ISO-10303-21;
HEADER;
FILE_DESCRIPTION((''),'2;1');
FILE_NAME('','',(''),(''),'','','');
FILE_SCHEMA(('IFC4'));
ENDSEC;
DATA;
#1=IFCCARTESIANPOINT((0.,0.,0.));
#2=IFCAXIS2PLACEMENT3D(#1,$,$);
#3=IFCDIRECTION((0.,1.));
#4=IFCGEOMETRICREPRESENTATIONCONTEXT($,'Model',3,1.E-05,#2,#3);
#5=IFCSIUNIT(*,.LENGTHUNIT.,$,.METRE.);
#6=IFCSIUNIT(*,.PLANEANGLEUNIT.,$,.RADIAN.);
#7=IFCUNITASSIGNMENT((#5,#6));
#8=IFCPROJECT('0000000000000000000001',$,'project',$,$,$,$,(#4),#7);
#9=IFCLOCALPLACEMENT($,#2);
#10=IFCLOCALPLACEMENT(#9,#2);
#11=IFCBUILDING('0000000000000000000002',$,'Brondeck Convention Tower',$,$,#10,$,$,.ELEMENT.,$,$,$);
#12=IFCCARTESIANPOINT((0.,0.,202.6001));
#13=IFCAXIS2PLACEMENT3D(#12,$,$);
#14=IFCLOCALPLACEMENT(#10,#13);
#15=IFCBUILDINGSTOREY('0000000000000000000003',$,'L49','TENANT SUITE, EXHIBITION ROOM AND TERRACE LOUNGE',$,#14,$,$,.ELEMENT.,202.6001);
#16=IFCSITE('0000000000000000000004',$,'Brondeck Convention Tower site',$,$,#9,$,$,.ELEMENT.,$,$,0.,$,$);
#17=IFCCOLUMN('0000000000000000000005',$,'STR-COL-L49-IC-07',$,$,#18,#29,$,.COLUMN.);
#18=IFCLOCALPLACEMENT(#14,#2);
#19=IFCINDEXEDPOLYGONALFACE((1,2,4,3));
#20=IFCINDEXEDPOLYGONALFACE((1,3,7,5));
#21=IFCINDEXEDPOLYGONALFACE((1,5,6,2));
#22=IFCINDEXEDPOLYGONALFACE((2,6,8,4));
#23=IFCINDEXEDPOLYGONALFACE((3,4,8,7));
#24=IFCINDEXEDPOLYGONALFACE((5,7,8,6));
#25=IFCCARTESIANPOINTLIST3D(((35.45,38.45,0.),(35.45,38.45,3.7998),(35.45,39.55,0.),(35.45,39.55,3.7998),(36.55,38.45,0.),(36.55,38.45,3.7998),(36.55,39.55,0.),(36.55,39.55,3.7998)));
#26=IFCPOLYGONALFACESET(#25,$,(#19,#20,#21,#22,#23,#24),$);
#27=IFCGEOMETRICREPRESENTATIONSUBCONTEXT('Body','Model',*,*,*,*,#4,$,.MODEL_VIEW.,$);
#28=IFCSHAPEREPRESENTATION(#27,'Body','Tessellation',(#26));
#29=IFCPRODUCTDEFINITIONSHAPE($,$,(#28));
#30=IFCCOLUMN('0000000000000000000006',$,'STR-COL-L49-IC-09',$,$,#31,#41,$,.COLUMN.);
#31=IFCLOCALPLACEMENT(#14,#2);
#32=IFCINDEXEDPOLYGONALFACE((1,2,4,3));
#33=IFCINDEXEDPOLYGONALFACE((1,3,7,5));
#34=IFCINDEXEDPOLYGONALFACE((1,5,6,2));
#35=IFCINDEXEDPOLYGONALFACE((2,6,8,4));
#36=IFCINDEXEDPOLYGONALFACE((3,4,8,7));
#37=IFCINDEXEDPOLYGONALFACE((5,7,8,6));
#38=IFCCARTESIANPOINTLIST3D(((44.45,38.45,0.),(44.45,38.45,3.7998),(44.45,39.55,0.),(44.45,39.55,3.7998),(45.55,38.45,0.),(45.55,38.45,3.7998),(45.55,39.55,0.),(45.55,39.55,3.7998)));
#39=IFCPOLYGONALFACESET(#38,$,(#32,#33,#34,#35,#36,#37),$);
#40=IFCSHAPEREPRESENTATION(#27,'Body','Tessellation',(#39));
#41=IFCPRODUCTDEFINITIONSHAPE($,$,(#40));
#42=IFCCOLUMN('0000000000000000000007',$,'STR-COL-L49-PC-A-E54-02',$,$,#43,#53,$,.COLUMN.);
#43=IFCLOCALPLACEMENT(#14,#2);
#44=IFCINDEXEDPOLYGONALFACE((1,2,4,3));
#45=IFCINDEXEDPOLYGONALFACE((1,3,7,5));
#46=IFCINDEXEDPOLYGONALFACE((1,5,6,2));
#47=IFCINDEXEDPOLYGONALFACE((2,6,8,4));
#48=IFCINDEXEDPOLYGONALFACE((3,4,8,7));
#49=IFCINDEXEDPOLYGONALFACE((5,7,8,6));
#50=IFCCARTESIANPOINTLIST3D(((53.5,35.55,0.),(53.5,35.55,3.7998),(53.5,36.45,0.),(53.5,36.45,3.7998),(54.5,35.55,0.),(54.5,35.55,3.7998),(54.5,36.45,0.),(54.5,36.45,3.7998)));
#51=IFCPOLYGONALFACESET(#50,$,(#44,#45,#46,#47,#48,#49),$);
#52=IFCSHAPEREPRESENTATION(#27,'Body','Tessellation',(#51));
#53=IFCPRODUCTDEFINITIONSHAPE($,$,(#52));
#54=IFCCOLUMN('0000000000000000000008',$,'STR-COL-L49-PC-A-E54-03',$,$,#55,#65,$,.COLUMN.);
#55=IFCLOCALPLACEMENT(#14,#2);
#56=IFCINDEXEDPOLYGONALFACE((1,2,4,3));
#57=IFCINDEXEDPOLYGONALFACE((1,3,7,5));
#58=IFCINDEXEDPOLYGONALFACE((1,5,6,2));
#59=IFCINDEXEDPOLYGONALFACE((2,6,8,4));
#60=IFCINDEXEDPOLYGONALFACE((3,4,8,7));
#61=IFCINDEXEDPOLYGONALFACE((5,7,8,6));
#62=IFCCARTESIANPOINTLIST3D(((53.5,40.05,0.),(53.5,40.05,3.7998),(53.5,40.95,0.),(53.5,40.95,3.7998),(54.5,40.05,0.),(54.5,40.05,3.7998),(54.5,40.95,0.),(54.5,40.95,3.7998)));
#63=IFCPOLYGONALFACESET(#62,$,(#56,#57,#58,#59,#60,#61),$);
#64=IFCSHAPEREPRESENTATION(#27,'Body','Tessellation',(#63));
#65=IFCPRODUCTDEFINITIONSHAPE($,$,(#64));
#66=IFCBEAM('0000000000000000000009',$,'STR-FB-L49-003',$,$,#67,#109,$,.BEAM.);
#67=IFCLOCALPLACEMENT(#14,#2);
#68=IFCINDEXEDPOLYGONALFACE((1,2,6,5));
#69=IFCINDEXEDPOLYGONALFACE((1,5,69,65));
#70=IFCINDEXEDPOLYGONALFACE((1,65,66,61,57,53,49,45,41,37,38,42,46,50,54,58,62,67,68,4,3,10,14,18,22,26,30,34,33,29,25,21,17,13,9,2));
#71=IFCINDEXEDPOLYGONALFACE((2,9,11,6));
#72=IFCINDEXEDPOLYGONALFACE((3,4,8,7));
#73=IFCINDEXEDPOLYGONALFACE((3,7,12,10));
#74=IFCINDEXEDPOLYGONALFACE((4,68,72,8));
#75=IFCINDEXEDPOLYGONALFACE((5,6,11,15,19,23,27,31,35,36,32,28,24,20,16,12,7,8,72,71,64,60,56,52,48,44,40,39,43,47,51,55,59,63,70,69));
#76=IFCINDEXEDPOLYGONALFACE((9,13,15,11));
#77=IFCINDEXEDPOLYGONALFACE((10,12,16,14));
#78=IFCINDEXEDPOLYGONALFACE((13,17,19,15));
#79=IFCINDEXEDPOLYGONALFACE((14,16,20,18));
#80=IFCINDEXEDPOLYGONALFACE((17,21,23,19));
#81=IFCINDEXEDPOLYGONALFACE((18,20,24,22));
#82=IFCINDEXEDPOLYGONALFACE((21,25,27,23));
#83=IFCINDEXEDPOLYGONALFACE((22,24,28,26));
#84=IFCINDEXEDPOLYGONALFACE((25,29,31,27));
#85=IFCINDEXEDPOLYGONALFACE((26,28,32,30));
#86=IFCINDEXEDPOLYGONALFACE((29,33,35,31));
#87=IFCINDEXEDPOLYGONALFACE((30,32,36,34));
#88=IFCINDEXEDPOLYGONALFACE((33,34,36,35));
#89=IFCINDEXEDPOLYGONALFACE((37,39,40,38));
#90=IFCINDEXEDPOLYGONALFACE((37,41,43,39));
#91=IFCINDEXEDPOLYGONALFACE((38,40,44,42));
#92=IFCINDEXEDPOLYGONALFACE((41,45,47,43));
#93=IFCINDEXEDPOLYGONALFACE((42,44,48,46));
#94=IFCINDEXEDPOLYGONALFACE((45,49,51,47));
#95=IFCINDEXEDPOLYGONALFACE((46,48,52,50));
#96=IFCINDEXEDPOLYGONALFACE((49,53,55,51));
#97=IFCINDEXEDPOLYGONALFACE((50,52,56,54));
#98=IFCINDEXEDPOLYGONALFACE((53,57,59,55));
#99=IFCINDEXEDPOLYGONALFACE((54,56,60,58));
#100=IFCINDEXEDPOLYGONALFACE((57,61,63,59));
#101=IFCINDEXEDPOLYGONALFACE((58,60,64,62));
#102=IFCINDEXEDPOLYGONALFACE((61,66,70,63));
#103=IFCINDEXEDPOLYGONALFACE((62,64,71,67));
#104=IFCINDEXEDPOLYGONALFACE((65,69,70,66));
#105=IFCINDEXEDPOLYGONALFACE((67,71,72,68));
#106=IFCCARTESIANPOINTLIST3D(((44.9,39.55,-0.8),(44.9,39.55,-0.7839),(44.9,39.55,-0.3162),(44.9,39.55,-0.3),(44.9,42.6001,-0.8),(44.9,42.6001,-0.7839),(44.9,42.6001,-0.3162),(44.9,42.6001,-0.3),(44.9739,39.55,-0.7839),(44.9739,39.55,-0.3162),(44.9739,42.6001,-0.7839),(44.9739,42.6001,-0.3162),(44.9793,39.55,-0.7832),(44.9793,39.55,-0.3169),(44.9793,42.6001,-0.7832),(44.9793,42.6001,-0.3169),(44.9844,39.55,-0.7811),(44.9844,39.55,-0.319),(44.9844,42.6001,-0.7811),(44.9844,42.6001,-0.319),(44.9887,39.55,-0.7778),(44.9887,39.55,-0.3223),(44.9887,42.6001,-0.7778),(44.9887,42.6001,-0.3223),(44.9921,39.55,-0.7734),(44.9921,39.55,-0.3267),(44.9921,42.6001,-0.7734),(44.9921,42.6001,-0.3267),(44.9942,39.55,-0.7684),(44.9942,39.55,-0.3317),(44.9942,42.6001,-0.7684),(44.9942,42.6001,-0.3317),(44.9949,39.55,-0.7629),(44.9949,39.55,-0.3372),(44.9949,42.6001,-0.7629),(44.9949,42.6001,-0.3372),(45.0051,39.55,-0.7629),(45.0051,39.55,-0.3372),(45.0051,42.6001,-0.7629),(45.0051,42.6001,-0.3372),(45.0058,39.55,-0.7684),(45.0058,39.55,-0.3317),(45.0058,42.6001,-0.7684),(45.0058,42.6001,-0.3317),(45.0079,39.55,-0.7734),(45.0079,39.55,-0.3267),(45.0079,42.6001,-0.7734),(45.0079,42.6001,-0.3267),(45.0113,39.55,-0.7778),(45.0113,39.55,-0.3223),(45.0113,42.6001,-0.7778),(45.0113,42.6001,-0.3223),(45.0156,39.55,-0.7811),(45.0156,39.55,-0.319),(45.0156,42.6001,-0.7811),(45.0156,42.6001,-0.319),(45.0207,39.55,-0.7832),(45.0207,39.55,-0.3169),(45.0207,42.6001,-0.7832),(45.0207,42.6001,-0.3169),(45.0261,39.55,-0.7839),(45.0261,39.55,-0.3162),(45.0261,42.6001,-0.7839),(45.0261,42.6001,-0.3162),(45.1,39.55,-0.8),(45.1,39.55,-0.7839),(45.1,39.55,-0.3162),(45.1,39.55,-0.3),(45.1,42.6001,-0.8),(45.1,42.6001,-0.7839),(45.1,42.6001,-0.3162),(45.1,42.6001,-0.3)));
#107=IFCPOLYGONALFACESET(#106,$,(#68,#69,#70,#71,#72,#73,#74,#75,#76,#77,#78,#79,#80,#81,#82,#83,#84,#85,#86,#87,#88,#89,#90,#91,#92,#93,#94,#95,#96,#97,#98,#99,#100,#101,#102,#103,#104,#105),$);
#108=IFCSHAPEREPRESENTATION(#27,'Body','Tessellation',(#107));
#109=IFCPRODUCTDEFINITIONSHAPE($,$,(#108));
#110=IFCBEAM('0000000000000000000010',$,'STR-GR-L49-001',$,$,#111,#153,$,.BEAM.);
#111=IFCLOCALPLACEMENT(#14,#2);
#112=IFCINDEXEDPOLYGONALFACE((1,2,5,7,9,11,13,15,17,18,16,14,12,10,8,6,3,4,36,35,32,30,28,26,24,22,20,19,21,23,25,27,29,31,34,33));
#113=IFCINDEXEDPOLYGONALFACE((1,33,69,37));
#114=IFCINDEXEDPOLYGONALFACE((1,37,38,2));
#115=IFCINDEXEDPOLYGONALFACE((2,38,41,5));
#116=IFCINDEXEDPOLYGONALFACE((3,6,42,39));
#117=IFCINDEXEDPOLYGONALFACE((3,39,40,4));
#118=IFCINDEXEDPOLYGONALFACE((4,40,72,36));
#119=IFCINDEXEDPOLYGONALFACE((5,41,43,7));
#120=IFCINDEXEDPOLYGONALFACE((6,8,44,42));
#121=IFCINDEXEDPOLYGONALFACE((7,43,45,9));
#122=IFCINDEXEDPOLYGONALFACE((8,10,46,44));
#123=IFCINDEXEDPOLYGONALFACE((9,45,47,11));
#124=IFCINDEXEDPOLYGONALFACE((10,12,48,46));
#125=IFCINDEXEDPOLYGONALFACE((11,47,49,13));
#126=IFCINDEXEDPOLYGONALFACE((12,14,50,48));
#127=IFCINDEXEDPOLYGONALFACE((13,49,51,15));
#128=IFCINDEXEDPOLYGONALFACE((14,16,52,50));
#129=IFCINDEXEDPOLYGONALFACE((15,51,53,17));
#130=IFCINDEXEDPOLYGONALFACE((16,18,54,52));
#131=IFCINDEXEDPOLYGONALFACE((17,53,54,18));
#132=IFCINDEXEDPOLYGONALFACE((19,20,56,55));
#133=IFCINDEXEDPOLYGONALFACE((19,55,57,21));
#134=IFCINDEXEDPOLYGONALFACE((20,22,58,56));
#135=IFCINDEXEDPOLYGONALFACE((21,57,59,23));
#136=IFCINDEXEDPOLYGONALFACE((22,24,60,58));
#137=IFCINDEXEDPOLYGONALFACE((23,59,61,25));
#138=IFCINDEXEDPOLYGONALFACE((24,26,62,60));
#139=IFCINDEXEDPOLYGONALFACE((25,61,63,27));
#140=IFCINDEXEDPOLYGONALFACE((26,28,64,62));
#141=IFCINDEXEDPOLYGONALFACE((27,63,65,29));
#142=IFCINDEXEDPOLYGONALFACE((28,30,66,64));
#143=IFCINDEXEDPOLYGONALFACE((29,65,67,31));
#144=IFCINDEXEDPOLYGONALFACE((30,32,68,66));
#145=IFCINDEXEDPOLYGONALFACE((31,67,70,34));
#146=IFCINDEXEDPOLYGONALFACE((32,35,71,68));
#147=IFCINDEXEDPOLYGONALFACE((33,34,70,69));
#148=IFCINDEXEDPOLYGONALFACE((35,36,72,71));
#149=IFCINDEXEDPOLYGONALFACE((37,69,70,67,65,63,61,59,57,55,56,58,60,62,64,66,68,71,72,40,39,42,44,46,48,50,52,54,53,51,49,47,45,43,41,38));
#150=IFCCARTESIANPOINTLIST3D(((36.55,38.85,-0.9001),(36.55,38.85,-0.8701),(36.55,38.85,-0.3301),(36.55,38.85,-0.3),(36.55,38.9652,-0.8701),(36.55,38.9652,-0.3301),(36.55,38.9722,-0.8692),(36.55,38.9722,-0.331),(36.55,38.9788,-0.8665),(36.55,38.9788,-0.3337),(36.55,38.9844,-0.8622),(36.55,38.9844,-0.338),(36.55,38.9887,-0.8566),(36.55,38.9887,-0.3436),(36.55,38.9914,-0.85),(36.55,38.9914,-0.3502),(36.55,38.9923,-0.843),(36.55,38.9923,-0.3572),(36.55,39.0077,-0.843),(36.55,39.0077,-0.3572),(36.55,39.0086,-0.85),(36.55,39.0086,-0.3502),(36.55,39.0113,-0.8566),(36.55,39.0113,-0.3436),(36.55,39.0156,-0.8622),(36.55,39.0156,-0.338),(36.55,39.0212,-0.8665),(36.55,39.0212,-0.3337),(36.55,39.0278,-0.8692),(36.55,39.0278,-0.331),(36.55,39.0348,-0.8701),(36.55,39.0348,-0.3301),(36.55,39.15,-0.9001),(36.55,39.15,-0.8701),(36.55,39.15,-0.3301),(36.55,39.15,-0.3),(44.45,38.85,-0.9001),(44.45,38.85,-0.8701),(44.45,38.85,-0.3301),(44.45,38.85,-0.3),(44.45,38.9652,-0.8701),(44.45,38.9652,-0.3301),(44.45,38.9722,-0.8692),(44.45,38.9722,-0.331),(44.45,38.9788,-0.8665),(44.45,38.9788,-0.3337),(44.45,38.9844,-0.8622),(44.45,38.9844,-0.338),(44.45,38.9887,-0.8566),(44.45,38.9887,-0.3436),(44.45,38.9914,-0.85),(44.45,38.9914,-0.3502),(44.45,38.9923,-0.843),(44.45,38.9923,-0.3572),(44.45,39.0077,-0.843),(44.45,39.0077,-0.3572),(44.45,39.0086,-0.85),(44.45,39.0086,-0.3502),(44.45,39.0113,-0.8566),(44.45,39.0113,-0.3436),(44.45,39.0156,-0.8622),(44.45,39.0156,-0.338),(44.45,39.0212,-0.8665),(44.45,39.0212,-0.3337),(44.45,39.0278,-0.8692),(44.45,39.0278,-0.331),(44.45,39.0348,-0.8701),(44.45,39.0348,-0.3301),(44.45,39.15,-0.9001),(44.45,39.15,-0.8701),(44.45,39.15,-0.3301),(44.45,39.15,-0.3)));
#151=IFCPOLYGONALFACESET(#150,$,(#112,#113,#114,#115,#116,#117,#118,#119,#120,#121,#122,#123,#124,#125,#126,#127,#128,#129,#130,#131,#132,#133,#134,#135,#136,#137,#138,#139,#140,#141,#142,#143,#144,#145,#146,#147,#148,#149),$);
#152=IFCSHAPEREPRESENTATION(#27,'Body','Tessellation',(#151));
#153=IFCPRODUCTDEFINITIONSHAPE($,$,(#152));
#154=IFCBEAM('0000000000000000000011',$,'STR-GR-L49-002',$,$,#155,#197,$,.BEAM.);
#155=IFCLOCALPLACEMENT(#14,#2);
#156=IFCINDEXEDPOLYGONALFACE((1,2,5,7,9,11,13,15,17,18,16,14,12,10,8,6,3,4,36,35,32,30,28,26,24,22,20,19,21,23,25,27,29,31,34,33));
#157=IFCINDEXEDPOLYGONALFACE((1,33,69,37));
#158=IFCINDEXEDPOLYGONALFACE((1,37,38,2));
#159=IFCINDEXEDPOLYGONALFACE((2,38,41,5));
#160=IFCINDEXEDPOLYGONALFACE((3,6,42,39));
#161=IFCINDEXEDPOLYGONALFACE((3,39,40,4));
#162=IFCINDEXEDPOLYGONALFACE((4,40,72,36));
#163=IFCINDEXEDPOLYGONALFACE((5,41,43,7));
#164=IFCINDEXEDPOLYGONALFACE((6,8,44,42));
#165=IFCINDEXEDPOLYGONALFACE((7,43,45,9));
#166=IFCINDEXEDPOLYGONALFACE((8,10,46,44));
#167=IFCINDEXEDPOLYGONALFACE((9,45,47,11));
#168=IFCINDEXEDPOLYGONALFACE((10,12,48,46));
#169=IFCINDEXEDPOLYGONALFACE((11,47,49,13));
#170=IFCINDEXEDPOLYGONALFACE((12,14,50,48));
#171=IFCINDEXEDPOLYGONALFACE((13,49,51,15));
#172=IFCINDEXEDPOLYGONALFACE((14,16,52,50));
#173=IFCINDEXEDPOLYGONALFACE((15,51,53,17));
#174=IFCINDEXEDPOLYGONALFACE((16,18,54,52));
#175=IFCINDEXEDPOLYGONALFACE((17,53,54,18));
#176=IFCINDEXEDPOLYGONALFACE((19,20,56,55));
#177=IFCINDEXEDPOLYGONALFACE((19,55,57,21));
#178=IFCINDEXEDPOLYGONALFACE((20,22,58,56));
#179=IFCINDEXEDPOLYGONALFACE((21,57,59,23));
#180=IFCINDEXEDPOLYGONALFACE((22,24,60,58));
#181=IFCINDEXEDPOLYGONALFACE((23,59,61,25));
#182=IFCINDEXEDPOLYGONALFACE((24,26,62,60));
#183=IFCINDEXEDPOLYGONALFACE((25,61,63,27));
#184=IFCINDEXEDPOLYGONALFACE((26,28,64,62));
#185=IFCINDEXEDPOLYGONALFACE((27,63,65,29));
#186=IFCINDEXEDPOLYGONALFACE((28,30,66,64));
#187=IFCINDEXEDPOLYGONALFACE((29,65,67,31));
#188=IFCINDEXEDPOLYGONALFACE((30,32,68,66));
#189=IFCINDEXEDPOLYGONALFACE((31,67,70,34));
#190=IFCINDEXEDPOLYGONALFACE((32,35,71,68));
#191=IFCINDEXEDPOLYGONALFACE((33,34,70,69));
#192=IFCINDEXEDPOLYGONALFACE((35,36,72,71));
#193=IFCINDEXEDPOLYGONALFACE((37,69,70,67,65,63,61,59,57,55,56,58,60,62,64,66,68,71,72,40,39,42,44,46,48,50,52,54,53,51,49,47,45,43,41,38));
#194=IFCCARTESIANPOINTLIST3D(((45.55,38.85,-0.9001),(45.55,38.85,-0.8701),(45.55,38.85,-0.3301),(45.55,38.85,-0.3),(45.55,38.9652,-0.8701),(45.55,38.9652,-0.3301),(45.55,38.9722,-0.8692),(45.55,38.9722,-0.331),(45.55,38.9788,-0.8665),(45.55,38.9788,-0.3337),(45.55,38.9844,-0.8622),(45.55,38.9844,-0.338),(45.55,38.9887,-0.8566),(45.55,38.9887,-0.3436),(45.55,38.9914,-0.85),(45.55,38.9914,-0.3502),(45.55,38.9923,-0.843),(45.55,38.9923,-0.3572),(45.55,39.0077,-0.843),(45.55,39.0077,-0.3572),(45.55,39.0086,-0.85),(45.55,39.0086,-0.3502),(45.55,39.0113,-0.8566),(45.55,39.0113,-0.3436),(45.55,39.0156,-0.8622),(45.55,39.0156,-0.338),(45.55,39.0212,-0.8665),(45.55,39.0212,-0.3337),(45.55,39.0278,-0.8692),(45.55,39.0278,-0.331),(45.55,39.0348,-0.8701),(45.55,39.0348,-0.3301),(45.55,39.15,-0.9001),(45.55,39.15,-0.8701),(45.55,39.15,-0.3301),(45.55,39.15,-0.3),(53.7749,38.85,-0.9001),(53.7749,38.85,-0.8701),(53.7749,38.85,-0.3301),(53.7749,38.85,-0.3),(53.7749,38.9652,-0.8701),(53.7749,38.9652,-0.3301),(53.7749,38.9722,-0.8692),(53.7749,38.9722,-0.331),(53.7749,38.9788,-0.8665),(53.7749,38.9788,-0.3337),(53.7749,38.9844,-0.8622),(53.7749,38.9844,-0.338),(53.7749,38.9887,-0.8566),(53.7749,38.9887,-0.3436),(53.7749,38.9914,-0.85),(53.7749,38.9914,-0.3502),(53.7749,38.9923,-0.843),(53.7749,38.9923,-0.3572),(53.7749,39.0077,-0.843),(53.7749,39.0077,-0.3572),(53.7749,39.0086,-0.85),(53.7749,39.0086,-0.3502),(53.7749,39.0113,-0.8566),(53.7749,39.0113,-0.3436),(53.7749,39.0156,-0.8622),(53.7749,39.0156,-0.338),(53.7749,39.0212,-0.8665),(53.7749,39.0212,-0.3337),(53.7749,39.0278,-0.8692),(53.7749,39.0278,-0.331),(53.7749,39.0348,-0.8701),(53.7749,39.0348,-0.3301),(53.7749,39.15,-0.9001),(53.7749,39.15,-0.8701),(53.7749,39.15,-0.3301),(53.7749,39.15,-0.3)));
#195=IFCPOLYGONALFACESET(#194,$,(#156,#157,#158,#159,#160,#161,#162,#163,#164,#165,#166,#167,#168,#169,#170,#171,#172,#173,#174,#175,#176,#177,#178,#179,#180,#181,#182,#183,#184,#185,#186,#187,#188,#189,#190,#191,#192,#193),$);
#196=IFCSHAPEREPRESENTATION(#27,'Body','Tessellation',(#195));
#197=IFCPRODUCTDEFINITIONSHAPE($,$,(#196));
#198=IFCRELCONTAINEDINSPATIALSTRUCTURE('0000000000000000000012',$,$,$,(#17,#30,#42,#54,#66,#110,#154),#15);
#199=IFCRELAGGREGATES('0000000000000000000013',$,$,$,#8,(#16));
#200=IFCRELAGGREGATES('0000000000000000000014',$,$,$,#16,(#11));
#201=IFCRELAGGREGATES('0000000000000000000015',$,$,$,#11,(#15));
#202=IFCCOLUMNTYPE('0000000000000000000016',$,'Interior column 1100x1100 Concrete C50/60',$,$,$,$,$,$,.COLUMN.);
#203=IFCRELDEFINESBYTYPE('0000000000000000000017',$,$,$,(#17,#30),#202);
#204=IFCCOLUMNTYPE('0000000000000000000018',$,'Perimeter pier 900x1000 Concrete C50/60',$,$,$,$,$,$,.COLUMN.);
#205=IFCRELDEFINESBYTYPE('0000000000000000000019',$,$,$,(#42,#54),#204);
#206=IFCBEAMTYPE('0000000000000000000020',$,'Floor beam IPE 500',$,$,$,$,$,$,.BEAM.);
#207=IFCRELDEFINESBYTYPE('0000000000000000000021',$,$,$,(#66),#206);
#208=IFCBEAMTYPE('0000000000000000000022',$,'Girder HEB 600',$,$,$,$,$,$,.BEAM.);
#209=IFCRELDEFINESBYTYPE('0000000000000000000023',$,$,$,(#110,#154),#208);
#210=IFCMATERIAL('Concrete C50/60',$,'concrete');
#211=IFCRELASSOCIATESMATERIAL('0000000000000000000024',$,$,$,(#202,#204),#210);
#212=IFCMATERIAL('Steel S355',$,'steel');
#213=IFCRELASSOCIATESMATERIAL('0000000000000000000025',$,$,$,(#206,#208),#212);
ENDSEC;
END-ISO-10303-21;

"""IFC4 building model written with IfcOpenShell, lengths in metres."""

from ifc_helpers import new_model, si_unit, direction, frame, origin, origin_2d, place, context, subcontext, project, spatial, rectangle, i_section, extrude, material, material_profile, profile_set, type_object, element, save


model = new_model("IFC4")

# Units and contexts
model_context = context("Model", 3, precision=1e-05, world=origin(), true_north=direction((0.0, 1.0)))
body_context = subcontext(model_context, "Body", "Model", "MODEL_VIEW")
ifc_project = project(units=[si_unit("LENGTHUNIT", "METRE"), si_unit("PLANEANGLEUNIT", "RADIAN")], contexts=[model_context])

# Site, building, storey
site_placement = place(None, origin())
site = spatial("IfcSite", under=ifc_project, at=site_placement, Name="Brondeck Convention Tower site", CompositionType="ELEMENT", RefElevation=0.0)
building_placement = place(site_placement, origin())
building = spatial("IfcBuilding", under=site, at=building_placement, Name="Brondeck Convention Tower", CompositionType="ELEMENT")
storey_placement = place(building_placement, frame((0.0, 0.0, 202.6001)))
storey = spatial("IfcBuildingStorey", under=building, at=storey_placement, Name="L49", Description="TENANT SUITE, EXHIBITION ROOM AND TERRACE LOUNGE", CompositionType="ELEMENT", Elevation=202.6001)

# Columns
ifc_material_1 = material(Name="Concrete C50/60", Category="concrete")
ifc_material_profile_1 = material_profile(ifc_material_1, rectangle(XDim=1.1001, YDim=1.1001, at=origin_2d()), Name="Interior column 1100x1100 Concrete C50/60")
ifc_profile_set_1 = profile_set([ifc_material_profile_1], Name="Concrete C50/60")
column_type_1 = type_object("IfcColumnType", Name="Interior column 1100x1100 Concrete C50/60", PredefinedType="COLUMN", material=ifc_profile_set_1)
for number, where, z_axis, x_axis, name in (
    (1, (36.0, 39.0, 0.0), (0.0, 0.0, 1.0), (1.0, 0.0, 0.0), "STR-COL-L49-IC-07"),
    (2, (45.0, 39.0, 0.0), (0.0, 0.0, 1.0), (1.0, 0.0, 0.0), "STR-COL-L49-IC-09"),
):
    element("IfcColumn", number, at=place(storey_placement, frame(where, z_axis=z_axis, x_axis=x_axis)), inside=storey, type_object=column_type_1, Name=name, PredefinedType="COLUMN", context=body_context, shape_type="SweptSolid", body=[
        extrude(rectangle(XDim=1.1001, YDim=1.1001, at=origin_2d()), origin(), (0.0, 0.0, 1.0), 3.7998),
    ])
ifc_material_profile_2 = material_profile(ifc_material_1, rectangle(XDim=0.8999, YDim=1.0, at=origin_2d()), Name="Perimeter pier 900x1000 Concrete C50/60")
ifc_profile_set_2 = profile_set([ifc_material_profile_2], Name="Concrete C50/60")
column_type_2 = type_object("IfcColumnType", Name="Perimeter pier 900x1000 Concrete C50/60", PredefinedType="COLUMN", material=ifc_profile_set_2)
for number, where, z_axis, x_axis, name in (
    (3, (54.0, 36.0, 0.0), (0.0, 0.0, 1.0), (0.0, 1.0, 0.0), "STR-COL-L49-PC-A-E54-02"),
    (4, (54.0, 40.5, 0.0), (0.0, 0.0, 1.0), (0.0, 1.0, 0.0), "STR-COL-L49-PC-A-E54-03"),
):
    element("IfcColumn", number, at=place(storey_placement, frame(where, z_axis=z_axis, x_axis=x_axis)), inside=storey, type_object=column_type_2, Name=name, PredefinedType="COLUMN", context=body_context, shape_type="SweptSolid", body=[
        extrude(rectangle(XDim=0.8999, YDim=1.0, at=origin_2d()), origin(), (0.0, 0.0, 1.0), 3.7998),
    ])

# Beams
ifc_material_2 = material(Name="Steel S355", Category="steel")
ifc_material_profile_3 = material_profile(ifc_material_2, i_section(OverallWidth=0.2, OverallDepth=0.5, WebThickness=0.0103, FlangeThickness=0.0161, FilletRadius=0.021, at=origin_2d()), Name="IPE 500")
ifc_profile_set_3 = profile_set([ifc_material_profile_3], Name="Steel S355")
beam_type_1 = type_object("IfcBeamType", Name="Floor beam IPE 500", PredefinedType="BEAM", material=ifc_profile_set_3)
beam_1_placement = place(storey_placement, frame((45.0, 39.55, -0.55), z_axis=(0.0, 1.0, 0.0), x_axis=(-1.0, 0.0, 0.0)))
element("IfcBeam", 5, at=beam_1_placement, inside=storey, type_object=beam_type_1, Name="STR-FB-L49-003", PredefinedType="BEAM", context=body_context, shape_type="SweptSolid", body=[
    extrude(i_section(OverallWidth=0.2, OverallDepth=0.5, WebThickness=0.0103, FlangeThickness=0.0161, FilletRadius=0.021, at=origin_2d()), origin(), (0.0, 0.0, 1.0), 3.05),
])
ifc_material_profile_4 = material_profile(ifc_material_2, i_section(OverallWidth=0.3, OverallDepth=0.6001, WebThickness=0.0154, FlangeThickness=0.03, FilletRadius=0.0271, at=origin_2d()), Name="HEB 600")
ifc_profile_set_4 = profile_set([ifc_material_profile_4], Name="Steel S355")
beam_type_2 = type_object("IfcBeamType", Name="Girder HEB 600", PredefinedType="BEAM", material=ifc_profile_set_4)
beam_2_placement = place(storey_placement, frame((36.55, 39.0, -0.6001), z_axis=(1.0, 0.0, 0.0), x_axis=(0.0, 1.0, 0.0)))
element("IfcBeam", 6, at=beam_2_placement, inside=storey, type_object=beam_type_2, Name="STR-GR-L49-001", PredefinedType="BEAM", context=body_context, shape_type="SweptSolid", body=[
    extrude(i_section(OverallWidth=0.3, OverallDepth=0.6001, WebThickness=0.0154, FlangeThickness=0.03, FilletRadius=0.0271, at=origin_2d()), origin(), (0.0, 0.0, 1.0), 7.8999),
])
beam_3_placement = place(storey_placement, frame((45.55, 39.0, -0.6001), z_axis=(1.0, 0.0, 0.0), x_axis=(0.0, 1.0, 0.0)))
element("IfcBeam", 7, at=beam_3_placement, inside=storey, type_object=beam_type_2, Name="STR-GR-L49-002", PredefinedType="BEAM", context=body_context, shape_type="SweptSolid", body=[
    extrude(i_section(OverallWidth=0.3, OverallDepth=0.6001, WebThickness=0.0154, FlangeThickness=0.03, FilletRadius=0.0271, at=origin_2d()), origin(), (0.0, 0.0, 1.0), 8.2249),
])

save(model, "model.ifc")
